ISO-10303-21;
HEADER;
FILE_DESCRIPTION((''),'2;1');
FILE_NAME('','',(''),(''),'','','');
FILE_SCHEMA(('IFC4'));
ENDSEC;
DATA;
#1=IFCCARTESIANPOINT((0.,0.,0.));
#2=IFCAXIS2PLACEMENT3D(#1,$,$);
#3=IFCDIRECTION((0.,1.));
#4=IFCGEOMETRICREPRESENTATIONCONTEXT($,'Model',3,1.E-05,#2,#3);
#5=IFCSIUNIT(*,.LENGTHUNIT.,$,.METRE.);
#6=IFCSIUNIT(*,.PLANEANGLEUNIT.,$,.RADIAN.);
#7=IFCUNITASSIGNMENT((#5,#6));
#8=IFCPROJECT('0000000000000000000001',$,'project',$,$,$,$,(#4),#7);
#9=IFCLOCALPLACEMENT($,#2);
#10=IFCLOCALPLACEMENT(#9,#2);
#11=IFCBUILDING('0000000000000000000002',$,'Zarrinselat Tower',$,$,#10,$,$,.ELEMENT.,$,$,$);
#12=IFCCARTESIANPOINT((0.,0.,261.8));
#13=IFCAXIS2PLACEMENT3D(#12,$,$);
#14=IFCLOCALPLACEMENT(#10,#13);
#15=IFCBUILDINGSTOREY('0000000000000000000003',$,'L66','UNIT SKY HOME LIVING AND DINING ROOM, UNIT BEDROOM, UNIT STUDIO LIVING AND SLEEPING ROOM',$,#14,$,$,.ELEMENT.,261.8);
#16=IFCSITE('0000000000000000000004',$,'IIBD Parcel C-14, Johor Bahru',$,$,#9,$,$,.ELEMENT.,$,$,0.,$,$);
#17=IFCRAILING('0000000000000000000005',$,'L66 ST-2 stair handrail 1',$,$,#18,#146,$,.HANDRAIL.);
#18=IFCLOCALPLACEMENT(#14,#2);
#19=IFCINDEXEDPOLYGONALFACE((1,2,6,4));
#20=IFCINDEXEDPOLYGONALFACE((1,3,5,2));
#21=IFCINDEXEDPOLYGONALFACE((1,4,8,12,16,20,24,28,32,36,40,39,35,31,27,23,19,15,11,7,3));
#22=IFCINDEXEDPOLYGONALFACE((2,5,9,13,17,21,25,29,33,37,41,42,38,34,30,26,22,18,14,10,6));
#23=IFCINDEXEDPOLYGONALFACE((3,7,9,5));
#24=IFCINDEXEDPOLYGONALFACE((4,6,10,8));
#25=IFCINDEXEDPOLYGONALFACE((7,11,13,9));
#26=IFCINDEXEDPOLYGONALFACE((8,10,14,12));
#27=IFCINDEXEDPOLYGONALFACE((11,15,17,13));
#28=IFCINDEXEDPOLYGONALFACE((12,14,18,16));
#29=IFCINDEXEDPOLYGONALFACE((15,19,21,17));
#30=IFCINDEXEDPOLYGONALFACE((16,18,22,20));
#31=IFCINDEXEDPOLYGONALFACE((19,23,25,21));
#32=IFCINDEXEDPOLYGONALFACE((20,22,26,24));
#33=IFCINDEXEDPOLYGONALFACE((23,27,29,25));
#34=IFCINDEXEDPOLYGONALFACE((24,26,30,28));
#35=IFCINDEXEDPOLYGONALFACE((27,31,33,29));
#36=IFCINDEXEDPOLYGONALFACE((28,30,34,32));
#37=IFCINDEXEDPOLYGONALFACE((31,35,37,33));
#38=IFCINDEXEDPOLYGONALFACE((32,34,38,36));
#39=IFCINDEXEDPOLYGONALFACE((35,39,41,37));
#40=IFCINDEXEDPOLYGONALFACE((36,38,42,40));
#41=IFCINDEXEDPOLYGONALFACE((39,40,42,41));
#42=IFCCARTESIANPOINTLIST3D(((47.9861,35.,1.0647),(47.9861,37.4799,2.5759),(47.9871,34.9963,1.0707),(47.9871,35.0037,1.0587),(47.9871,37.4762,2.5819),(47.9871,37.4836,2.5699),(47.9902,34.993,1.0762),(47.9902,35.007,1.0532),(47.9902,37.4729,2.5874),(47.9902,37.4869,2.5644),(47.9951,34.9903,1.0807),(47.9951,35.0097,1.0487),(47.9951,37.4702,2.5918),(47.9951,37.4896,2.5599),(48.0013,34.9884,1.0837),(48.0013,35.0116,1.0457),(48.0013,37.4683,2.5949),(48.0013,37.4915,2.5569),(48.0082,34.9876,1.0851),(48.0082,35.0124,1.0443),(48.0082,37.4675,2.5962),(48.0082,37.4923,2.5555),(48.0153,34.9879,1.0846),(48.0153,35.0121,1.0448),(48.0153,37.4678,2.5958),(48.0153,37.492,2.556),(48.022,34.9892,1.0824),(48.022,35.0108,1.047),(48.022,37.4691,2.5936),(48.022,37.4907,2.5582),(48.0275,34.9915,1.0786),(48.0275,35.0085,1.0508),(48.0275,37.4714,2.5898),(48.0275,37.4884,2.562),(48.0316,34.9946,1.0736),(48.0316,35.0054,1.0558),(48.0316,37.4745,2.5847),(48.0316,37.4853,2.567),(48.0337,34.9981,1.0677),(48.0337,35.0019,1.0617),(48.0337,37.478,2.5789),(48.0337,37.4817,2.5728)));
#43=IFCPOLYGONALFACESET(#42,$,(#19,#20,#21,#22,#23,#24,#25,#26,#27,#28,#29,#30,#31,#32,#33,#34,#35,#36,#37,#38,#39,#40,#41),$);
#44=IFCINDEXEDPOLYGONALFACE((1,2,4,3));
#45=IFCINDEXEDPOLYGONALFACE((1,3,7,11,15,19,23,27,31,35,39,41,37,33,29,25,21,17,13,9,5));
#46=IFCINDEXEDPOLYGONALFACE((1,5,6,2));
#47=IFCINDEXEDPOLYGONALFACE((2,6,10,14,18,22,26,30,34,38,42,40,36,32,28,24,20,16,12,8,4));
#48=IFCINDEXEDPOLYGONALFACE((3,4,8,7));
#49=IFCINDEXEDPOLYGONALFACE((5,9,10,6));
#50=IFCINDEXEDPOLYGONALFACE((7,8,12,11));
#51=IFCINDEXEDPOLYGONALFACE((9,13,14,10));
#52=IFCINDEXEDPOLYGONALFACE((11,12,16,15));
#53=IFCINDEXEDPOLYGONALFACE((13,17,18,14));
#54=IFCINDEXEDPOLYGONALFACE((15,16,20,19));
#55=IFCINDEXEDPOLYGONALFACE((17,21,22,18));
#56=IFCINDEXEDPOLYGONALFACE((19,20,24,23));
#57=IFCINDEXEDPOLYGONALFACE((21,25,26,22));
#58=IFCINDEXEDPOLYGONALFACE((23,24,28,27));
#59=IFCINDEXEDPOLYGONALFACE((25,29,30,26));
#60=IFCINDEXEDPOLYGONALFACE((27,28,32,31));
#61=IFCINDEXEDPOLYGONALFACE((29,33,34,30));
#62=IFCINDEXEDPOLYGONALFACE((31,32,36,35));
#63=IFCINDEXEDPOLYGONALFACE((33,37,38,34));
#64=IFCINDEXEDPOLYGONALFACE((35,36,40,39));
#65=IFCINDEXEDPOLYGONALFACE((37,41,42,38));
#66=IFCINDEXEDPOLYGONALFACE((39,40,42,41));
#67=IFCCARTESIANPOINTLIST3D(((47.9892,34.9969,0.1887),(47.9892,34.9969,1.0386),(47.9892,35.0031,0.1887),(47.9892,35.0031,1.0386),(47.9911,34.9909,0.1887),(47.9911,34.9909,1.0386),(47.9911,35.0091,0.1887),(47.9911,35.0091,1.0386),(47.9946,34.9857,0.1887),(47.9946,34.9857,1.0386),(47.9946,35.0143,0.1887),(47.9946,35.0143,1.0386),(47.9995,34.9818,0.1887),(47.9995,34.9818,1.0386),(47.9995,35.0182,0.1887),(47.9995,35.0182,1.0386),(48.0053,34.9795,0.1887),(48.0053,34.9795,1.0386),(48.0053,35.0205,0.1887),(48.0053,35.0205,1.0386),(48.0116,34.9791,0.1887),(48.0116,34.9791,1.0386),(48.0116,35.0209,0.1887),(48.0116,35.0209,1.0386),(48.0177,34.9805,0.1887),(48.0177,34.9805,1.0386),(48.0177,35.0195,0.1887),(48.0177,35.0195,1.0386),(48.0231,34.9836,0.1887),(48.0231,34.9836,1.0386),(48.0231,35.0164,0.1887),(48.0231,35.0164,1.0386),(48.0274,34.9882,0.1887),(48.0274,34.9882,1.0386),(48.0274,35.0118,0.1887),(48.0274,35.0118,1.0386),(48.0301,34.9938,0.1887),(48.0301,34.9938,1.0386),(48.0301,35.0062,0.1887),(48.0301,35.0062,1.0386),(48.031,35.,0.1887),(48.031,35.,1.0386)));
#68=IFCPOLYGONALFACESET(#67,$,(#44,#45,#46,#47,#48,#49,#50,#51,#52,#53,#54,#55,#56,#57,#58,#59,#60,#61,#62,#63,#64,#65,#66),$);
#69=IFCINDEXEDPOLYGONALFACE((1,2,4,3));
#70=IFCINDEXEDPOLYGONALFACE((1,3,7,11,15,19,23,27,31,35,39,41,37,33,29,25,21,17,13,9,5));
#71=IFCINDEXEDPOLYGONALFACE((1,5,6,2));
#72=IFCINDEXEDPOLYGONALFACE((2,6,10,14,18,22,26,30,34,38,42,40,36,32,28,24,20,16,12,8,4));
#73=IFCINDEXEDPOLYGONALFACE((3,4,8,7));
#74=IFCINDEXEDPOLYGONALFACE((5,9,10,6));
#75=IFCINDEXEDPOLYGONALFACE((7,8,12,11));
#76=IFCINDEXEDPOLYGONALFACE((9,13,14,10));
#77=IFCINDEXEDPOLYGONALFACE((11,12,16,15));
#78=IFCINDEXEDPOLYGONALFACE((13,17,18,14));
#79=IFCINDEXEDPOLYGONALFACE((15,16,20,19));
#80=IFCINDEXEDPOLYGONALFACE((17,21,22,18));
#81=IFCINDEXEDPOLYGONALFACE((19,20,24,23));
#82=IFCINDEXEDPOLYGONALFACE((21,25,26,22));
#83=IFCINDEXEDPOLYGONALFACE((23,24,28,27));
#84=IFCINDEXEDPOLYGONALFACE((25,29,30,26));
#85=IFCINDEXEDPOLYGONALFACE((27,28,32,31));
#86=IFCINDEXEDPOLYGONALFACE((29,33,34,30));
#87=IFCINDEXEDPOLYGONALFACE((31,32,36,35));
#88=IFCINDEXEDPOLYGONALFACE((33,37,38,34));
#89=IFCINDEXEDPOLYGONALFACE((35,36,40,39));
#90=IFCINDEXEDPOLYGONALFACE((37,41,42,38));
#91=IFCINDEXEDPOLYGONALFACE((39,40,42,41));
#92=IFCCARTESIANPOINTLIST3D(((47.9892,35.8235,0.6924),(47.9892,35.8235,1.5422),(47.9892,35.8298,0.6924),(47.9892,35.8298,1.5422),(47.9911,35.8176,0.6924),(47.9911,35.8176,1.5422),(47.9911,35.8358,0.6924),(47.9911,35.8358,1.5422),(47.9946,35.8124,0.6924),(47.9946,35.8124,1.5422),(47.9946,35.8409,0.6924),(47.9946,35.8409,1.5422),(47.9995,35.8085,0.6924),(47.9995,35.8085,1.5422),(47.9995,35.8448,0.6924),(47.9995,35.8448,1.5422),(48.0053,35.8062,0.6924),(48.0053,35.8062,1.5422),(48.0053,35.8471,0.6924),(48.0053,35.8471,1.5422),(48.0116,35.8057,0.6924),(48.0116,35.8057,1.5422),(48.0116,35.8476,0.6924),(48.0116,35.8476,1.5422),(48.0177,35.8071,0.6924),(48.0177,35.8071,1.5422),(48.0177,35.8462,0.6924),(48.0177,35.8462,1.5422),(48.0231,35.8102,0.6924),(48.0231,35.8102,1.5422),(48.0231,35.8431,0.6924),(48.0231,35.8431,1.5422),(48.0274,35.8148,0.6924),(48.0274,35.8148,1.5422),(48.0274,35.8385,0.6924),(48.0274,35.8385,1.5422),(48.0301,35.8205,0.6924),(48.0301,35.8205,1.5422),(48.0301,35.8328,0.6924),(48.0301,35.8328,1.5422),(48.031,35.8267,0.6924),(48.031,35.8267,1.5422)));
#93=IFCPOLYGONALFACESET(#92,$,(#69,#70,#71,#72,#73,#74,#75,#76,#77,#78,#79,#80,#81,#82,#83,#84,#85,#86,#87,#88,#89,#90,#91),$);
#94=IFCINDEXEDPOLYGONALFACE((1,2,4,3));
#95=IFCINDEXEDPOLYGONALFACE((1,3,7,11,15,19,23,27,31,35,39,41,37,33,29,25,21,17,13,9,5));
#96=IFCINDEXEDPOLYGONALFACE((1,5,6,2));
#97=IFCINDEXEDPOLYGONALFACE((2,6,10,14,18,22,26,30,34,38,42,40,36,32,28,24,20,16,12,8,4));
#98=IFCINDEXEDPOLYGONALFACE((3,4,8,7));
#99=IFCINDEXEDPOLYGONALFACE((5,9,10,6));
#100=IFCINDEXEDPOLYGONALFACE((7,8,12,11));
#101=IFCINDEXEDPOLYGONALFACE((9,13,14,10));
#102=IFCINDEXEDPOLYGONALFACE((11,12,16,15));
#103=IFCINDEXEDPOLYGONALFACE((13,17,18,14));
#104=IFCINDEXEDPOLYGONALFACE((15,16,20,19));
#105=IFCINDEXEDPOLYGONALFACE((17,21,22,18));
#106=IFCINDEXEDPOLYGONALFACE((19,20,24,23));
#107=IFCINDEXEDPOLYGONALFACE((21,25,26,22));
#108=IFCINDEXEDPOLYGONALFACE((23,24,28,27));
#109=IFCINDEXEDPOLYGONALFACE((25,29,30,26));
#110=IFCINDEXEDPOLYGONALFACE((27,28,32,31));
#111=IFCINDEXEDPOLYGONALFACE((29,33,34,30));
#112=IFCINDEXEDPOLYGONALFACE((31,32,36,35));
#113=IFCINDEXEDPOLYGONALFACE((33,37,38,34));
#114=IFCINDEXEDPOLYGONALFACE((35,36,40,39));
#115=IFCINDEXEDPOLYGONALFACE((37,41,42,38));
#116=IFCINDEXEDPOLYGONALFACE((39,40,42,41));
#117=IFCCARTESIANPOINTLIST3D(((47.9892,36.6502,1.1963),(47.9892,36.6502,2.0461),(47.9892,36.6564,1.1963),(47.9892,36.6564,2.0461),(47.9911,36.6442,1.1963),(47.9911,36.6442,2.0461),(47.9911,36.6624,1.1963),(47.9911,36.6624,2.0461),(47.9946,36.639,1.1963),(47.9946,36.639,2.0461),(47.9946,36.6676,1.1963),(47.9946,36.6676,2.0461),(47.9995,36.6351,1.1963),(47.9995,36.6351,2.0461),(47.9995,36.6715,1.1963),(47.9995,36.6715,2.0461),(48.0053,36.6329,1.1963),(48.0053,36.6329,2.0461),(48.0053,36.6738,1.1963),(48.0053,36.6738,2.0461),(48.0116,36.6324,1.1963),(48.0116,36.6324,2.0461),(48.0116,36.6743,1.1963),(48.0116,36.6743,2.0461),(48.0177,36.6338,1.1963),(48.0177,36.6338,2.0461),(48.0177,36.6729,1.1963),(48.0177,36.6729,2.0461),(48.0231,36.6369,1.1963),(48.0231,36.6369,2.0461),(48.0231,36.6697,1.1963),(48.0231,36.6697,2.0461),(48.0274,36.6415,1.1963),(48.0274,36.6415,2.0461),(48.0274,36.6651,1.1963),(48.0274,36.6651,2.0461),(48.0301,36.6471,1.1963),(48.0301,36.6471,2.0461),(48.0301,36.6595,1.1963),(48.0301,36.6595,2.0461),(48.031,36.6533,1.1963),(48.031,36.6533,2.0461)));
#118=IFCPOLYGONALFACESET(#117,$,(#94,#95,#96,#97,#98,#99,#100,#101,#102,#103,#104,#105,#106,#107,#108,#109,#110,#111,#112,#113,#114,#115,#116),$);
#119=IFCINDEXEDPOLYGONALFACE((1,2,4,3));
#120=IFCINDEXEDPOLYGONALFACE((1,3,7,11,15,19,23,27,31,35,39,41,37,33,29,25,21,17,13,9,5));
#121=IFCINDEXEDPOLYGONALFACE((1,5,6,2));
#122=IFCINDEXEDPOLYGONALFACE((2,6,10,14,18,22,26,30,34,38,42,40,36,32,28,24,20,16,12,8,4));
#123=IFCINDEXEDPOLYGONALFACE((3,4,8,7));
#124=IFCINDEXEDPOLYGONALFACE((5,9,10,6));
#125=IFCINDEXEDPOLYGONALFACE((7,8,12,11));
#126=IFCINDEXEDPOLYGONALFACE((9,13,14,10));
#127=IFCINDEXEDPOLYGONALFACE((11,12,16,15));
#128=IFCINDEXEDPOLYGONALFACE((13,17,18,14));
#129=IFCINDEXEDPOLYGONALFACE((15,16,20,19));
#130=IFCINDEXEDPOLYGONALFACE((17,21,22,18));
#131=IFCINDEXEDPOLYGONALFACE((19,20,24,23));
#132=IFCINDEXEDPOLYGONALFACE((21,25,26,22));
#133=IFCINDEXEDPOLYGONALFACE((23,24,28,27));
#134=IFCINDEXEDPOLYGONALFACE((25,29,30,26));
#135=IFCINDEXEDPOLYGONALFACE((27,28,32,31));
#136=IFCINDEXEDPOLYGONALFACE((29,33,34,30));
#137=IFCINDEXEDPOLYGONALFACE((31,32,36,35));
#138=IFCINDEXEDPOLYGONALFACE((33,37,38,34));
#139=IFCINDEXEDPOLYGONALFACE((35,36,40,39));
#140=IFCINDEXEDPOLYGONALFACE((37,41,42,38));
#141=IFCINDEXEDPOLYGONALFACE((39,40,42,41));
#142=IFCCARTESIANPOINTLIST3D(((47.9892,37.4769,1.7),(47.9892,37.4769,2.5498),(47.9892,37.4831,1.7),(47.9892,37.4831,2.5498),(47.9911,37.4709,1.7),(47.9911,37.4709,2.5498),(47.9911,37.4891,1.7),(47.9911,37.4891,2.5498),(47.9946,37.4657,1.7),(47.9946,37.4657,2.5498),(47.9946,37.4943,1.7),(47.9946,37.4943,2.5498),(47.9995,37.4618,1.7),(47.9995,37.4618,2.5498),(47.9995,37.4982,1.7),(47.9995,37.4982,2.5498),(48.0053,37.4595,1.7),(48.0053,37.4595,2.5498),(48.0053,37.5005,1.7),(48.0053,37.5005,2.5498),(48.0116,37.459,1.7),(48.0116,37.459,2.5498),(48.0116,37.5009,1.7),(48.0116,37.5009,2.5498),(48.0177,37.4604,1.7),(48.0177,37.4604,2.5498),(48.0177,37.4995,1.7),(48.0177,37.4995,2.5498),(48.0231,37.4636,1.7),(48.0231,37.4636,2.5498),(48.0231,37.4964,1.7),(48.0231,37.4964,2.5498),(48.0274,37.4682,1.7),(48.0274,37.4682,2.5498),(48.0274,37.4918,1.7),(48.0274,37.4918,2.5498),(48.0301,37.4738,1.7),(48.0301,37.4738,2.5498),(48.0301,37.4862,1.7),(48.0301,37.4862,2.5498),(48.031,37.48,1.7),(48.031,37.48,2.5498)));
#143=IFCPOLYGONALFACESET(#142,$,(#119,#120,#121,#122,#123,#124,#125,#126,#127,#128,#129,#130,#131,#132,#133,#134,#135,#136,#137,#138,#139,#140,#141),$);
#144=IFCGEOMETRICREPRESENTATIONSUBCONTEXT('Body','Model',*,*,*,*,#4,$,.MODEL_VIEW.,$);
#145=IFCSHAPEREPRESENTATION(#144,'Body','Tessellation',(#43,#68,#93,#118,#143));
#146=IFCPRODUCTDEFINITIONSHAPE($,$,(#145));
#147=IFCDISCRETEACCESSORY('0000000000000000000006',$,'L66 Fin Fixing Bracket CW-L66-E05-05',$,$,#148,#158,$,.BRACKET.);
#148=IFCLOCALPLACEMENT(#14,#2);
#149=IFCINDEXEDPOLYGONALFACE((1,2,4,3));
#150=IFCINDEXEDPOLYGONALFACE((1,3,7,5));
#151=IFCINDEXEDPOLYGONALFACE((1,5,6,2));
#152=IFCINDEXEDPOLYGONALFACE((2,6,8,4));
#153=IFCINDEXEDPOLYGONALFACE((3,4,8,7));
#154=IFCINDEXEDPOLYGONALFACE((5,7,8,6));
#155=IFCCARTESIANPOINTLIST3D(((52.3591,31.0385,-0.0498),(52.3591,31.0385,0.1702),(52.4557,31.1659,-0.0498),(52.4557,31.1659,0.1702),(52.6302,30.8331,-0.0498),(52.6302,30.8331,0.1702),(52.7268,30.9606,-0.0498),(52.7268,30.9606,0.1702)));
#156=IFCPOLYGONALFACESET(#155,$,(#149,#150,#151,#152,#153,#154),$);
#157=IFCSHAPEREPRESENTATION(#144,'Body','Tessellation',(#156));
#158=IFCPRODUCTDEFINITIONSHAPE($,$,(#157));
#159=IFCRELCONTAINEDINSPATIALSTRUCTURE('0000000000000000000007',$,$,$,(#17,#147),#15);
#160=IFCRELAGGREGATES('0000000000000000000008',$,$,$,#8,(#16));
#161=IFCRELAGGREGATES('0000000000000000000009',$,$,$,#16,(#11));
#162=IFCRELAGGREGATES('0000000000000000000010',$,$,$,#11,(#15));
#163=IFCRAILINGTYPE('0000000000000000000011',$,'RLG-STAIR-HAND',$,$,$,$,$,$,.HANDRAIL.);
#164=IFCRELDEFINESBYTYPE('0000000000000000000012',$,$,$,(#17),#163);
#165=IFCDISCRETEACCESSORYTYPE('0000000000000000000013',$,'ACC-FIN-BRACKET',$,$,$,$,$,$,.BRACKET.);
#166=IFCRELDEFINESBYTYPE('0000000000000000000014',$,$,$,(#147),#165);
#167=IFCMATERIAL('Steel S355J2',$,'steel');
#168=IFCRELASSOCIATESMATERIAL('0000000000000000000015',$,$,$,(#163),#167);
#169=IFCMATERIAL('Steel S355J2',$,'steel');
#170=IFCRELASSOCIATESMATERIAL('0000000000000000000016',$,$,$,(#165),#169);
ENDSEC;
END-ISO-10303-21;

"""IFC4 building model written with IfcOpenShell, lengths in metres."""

from ifc_helpers import new_model, si_unit, direction, frame, origin, origin_2d, place, context, subcontext, project, spatial, rectangle, circle, extrude, material, type_object, element, save


model = new_model("IFC4")

# Units and contexts
model_context = context("Model", 3, precision=1e-05, world=origin(), true_north=direction((0.0, 1.0)))
body_context = subcontext(model_context, "Body", "Model", "MODEL_VIEW")
ifc_project = project(units=[si_unit("LENGTHUNIT", "METRE"), si_unit("PLANEANGLEUNIT", "RADIAN")], contexts=[model_context])

# Site, building, storey
site_placement = place(None, origin())
site = spatial("IfcSite", under=ifc_project, at=site_placement, Name="IIBD Parcel C-14, Johor Bahru", CompositionType="ELEMENT", RefElevation=0.0)
building_placement = place(site_placement, origin())
building = spatial("IfcBuilding", under=site, at=building_placement, Name="Zarrinselat Tower", CompositionType="ELEMENT")
storey_placement = place(building_placement, frame((0.0, 0.0, 261.8)))
storey = spatial("IfcBuildingStorey", under=building, at=storey_placement, Name="L66", Description="UNIT SKY HOME LIVING AND DINING ROOM, UNIT BEDROOM, UNIT STUDIO LIVING AND SLEEPING ROOM", CompositionType="ELEMENT", Elevation=261.8)

# Railing
ifc_material_1 = material(Name="Steel S355J2", Category="steel")
railing_type_1 = type_object("IfcRailingType", Name="RLG-STAIR-HAND", PredefinedType="HANDRAIL", material=ifc_material_1)
railing_1_placement = place(storey_placement, frame((48.01, 35.0, 0.1887)))
element("IfcRailing", 1, at=railing_1_placement, inside=storey, type_object=railing_type_1, Name="L66 ST-2 stair handrail 1", PredefinedType="HANDRAIL", context=body_context, shape_type="SweptSolid", body=[
    extrude(circle(Radius=0.0239, at=origin_2d()), frame((0.0, 0.0, 0.876), z_axis=(0.0, 0.853942, 0.520368), x_axis=(-1.0, 0.0, 0.0)), (0.0, 0.0, 1.0), 2.9041),
    extrude(circle(Radius=0.021, at=origin_2d()), origin(), (0.0, 0.0, 1.0), 0.8499),
    extrude(circle(Radius=0.021, at=origin_2d()), frame((0.0, 0.8267, 0.5037)), (0.0, 0.0, 1.0), 0.8499),
    extrude(circle(Radius=0.021, at=origin_2d()), frame((0.0, 1.6533, 1.0076)), (0.0, 0.0, 1.0), 0.8499),
    extrude(circle(Radius=0.021, at=origin_2d()), frame((0.0, 2.48, 1.5112)), (0.0, 0.0, 1.0), 0.8499),
])

# Discrete accessory
ifc_material_2 = material(Name="Steel S355J2", Category="steel")
discrete_accessory_type = type_object("IfcDiscreteAccessoryType", Name="ACC-FIN-BRACKET", PredefinedType="BRACKET", material=ifc_material_2)
discrete_accessory_placement = place(storey_placement, frame((52.543, 30.9995, -0.0498), z_axis=(0.0, 0.0, 1.0), x_axis=(0.797091, -0.60386, 0.0)))
element("IfcDiscreteAccessory", 2, at=discrete_accessory_placement, inside=storey, type_object=discrete_accessory_type, Name="L66 Fin Fixing Bracket CW-L66-E05-05", PredefinedType="BRACKET", context=body_context, shape_type="SweptSolid", body=[
    extrude(rectangle(XDim=0.3401, YDim=0.1599, at=origin_2d()), origin(), (0.0, 0.0, 1.0), 0.22),
])

save(model, "model.ifc")
